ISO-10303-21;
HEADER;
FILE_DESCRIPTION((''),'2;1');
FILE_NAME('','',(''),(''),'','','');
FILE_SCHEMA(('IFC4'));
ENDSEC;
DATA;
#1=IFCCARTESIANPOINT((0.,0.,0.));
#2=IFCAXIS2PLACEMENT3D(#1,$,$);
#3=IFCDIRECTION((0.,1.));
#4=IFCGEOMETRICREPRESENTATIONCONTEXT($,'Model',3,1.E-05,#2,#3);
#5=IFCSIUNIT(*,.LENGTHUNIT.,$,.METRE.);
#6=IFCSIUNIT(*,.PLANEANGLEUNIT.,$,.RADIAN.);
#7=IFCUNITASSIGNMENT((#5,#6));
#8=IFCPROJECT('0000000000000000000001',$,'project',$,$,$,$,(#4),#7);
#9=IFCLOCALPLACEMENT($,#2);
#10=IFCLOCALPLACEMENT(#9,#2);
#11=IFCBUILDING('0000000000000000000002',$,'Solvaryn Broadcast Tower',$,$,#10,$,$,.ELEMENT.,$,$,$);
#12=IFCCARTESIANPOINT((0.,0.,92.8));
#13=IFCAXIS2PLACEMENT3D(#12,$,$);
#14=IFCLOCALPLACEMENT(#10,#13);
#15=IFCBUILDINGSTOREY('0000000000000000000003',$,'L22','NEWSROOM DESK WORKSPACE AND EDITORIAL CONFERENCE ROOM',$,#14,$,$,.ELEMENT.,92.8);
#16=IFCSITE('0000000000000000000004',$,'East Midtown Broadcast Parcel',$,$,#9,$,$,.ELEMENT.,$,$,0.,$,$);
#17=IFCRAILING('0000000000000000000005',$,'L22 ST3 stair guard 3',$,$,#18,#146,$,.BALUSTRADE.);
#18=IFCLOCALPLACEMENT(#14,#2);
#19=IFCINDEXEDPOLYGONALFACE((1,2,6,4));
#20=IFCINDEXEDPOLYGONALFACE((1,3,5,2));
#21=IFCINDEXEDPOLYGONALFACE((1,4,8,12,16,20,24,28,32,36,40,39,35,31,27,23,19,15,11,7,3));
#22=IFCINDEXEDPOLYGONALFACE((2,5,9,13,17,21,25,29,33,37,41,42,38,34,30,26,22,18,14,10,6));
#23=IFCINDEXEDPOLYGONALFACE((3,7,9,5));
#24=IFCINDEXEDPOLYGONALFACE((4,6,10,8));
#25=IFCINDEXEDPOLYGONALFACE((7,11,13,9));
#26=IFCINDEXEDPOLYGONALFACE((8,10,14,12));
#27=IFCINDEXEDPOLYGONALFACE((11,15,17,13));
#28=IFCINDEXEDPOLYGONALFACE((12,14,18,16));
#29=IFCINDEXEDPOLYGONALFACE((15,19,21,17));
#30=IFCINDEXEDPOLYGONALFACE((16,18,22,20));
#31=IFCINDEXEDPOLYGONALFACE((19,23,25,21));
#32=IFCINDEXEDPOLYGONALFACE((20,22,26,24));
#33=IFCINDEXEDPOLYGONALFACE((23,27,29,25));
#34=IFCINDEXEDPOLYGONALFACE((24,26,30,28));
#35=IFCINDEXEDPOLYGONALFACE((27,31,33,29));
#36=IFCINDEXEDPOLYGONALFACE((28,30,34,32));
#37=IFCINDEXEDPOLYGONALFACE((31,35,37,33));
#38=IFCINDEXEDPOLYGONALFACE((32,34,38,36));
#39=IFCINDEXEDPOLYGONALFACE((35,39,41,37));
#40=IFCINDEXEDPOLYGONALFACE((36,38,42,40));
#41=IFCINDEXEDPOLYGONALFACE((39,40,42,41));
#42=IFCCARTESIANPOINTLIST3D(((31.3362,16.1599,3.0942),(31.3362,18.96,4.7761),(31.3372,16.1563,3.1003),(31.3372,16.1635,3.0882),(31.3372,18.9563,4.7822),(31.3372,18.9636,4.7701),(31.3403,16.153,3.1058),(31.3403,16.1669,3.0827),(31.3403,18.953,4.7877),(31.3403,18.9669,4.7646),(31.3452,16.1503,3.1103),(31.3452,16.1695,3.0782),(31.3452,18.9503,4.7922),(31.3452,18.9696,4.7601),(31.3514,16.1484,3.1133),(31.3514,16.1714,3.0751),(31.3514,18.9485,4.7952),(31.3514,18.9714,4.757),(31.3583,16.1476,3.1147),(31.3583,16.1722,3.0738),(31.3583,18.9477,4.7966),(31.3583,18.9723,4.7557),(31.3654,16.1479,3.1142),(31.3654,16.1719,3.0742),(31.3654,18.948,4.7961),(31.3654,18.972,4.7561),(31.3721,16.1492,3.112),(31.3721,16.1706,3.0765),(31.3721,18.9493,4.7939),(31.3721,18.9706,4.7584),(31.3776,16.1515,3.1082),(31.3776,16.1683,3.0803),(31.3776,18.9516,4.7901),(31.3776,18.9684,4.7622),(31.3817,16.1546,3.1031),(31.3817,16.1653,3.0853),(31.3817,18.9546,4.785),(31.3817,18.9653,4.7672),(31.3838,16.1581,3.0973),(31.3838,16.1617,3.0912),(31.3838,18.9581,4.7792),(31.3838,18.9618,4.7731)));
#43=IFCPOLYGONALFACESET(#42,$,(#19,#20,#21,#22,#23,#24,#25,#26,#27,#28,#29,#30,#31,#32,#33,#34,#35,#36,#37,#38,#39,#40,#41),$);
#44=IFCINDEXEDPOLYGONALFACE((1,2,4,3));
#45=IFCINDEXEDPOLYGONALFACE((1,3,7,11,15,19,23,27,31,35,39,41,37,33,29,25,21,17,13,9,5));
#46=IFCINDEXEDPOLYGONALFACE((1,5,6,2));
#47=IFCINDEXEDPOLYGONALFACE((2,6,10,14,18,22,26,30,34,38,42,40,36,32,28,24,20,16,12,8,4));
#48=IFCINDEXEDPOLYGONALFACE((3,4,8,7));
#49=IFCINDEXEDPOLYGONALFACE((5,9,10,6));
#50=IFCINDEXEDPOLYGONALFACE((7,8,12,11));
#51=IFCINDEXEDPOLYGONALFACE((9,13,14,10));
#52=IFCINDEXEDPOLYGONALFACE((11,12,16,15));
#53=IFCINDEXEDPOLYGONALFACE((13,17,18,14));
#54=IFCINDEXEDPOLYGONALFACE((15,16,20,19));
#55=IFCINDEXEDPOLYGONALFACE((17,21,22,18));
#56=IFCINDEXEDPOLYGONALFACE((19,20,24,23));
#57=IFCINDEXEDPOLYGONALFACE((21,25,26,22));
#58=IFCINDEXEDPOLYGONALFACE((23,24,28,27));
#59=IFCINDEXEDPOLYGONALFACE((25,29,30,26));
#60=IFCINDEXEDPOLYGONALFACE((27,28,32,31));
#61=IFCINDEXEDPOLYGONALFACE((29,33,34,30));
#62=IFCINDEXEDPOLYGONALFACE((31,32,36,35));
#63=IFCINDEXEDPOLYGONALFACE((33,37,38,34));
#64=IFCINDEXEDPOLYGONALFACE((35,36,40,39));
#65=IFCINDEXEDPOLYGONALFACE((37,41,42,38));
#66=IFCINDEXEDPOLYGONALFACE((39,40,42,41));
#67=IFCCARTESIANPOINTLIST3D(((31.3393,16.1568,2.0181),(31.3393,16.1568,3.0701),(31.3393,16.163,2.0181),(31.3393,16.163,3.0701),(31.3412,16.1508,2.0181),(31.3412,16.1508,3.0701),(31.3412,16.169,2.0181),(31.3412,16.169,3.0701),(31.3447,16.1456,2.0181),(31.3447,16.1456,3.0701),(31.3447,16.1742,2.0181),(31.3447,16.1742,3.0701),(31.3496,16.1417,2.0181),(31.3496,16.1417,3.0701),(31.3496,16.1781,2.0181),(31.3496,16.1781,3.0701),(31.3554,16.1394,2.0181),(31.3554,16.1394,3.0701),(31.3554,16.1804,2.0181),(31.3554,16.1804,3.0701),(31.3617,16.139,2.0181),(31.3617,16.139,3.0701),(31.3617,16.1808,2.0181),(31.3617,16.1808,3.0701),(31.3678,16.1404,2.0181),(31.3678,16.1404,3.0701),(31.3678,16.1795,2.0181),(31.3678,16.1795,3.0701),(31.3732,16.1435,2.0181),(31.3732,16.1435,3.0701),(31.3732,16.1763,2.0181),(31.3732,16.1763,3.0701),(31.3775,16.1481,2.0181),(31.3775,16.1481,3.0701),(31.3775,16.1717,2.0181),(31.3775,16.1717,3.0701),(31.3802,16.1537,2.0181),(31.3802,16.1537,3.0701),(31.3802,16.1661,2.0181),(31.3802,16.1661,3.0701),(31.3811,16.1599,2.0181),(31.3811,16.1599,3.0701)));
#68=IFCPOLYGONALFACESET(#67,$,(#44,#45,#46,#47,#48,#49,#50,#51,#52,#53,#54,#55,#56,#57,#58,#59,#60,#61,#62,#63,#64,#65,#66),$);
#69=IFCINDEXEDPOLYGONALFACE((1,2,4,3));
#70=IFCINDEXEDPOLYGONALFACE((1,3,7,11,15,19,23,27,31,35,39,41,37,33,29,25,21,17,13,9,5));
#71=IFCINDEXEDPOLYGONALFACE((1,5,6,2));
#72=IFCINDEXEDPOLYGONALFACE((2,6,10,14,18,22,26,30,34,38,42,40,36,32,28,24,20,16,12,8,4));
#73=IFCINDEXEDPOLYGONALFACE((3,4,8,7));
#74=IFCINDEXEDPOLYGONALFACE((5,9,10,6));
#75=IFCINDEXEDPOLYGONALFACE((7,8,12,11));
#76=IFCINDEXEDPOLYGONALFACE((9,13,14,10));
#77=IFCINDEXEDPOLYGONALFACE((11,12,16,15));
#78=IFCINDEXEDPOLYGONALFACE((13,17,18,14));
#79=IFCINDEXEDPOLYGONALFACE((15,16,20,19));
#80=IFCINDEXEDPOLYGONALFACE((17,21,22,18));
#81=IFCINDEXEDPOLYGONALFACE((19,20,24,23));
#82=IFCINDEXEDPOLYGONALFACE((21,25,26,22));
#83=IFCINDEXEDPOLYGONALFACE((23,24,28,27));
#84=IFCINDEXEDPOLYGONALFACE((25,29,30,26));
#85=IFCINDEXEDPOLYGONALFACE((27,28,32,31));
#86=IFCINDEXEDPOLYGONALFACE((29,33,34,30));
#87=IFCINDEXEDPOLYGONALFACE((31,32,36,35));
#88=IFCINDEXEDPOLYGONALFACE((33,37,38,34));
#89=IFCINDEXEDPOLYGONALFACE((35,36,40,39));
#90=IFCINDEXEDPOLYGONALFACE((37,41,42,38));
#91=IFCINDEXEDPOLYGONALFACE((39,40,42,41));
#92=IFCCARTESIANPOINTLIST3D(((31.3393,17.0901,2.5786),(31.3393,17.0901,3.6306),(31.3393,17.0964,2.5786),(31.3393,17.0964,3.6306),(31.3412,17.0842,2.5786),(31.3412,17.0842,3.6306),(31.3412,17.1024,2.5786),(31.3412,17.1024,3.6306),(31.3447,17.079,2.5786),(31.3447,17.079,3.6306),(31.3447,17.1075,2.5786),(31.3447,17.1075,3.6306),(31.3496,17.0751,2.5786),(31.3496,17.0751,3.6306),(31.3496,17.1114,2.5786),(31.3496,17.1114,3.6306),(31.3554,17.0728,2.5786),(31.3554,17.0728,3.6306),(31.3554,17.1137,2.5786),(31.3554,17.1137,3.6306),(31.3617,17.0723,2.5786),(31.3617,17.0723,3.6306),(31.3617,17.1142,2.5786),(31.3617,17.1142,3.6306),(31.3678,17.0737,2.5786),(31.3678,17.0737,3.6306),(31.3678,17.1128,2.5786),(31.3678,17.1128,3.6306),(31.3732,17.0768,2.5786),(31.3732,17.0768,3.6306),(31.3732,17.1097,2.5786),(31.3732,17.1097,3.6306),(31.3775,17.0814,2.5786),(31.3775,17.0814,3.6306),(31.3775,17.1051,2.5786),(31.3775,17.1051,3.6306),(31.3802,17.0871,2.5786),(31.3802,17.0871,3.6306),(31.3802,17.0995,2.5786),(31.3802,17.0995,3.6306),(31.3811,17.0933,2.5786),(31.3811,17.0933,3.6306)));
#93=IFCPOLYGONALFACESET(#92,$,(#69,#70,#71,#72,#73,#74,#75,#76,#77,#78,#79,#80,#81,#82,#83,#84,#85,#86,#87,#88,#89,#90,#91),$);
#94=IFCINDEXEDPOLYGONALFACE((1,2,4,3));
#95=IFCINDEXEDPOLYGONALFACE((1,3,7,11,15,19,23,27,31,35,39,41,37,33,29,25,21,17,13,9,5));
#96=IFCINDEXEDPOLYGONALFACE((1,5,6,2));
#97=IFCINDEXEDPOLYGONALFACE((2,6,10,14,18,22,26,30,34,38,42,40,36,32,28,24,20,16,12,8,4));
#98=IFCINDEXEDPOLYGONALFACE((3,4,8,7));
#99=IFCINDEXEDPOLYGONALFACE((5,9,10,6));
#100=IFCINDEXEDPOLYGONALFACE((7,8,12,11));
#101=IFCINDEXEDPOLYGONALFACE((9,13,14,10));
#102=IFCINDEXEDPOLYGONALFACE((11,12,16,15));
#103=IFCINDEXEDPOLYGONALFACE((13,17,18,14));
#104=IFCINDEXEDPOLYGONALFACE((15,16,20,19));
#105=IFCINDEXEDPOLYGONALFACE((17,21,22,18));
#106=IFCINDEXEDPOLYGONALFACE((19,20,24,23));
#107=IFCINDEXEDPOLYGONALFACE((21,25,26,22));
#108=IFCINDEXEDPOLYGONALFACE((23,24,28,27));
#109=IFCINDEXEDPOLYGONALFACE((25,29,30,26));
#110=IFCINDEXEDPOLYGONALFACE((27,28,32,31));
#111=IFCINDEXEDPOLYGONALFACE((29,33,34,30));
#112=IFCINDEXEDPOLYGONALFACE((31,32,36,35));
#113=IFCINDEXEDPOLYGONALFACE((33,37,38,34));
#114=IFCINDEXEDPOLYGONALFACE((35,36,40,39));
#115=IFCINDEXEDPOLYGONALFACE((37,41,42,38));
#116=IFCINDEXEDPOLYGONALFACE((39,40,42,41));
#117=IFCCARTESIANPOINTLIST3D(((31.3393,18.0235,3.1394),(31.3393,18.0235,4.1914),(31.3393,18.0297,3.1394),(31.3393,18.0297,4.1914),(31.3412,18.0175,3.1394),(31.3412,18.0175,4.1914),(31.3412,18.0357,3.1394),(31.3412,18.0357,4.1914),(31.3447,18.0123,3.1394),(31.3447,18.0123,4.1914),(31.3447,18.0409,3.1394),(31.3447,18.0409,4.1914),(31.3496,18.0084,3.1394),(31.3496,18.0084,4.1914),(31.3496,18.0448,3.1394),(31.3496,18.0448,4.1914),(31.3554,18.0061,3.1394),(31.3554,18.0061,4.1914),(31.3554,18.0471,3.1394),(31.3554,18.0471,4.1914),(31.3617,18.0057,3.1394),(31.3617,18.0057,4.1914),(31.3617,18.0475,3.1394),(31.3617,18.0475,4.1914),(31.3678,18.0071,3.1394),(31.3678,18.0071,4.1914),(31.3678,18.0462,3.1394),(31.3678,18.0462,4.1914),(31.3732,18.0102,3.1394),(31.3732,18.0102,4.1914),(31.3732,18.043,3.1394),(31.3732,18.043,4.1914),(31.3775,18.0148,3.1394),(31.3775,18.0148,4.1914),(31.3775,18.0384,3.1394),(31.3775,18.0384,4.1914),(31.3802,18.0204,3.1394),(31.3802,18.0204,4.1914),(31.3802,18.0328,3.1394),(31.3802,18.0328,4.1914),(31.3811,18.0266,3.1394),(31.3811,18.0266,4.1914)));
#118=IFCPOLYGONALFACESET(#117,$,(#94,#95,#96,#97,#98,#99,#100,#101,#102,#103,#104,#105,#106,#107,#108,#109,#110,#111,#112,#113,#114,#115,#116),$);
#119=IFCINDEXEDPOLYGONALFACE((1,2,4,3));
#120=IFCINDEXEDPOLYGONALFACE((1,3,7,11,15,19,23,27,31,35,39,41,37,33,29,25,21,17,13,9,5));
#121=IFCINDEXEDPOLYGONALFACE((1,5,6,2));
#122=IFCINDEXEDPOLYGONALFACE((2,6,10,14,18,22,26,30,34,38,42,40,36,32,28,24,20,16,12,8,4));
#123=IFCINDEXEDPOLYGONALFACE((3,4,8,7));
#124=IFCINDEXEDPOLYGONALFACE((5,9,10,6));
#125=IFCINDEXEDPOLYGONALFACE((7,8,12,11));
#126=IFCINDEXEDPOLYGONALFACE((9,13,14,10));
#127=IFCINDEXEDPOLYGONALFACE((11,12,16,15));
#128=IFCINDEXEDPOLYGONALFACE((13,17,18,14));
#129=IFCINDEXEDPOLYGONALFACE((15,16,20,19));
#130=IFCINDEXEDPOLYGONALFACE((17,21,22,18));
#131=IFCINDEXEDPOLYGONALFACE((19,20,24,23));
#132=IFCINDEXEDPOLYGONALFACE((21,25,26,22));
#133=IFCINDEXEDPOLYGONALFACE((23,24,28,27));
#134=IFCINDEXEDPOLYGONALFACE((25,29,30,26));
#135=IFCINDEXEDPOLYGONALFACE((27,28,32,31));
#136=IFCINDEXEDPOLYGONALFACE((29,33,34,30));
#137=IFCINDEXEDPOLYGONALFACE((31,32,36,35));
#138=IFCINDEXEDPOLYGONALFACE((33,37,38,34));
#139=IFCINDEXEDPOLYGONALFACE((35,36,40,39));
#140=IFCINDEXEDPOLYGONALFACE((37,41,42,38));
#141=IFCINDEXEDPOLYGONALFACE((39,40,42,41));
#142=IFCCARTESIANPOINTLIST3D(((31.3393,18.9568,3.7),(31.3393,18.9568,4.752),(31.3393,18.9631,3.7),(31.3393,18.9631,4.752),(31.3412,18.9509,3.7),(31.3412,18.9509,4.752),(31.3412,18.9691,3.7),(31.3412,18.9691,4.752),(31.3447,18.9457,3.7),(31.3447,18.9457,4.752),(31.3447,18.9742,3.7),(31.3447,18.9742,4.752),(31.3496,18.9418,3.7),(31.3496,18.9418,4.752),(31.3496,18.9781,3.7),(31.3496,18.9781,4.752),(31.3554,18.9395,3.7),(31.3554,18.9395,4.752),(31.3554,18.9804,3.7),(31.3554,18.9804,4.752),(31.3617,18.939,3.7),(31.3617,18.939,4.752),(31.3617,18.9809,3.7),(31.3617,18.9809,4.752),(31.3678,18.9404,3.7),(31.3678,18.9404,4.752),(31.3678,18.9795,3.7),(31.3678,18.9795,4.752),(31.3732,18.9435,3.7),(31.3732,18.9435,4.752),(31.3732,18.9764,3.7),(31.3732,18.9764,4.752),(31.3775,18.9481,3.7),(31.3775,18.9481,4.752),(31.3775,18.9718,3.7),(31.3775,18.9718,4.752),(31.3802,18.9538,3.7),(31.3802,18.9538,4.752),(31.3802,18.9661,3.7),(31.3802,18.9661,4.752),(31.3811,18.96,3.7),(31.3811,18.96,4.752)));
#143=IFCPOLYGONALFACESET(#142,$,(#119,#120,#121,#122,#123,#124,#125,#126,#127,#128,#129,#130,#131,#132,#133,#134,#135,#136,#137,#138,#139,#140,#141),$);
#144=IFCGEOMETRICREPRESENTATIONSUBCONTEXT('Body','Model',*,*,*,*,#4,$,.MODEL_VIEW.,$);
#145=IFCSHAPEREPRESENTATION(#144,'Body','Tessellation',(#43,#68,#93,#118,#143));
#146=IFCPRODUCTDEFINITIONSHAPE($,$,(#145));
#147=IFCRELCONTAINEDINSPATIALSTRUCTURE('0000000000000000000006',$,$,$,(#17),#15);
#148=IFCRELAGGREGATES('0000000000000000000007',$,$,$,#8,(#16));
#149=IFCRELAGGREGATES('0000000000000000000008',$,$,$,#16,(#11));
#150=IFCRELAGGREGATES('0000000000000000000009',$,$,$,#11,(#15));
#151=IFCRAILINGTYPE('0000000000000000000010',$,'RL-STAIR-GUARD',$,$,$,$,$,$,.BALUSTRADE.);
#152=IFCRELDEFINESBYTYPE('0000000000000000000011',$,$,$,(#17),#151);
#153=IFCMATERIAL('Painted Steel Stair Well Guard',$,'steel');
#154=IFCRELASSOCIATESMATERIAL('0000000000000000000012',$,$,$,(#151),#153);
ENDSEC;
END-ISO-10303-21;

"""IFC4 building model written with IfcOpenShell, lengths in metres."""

from ifc_helpers import new_model, si_unit, direction, frame, origin, origin_2d, place, context, subcontext, project, spatial, circle, extrude, material, type_object, element, save


model = new_model("IFC4")

# Units and contexts
model_context = context("Model", 3, precision=1e-05, world=origin(), true_north=direction((0.0, 1.0)))
body_context = subcontext(model_context, "Body", "Model", "MODEL_VIEW")
ifc_project = project(units=[si_unit("LENGTHUNIT", "METRE"), si_unit("PLANEANGLEUNIT", "RADIAN")], contexts=[model_context])

# Site, building, storey
site_placement = place(None, origin())
site = spatial("IfcSite", under=ifc_project, at=site_placement, Name="East Midtown Broadcast Parcel", CompositionType="ELEMENT", RefElevation=0.0)
building_placement = place(site_placement, origin())
building = spatial("IfcBuilding", under=site, at=building_placement, Name="Solvaryn Broadcast Tower", CompositionType="ELEMENT")
storey_placement = place(building_placement, frame((0.0, 0.0, 92.8)))
storey = spatial("IfcBuildingStorey", under=building, at=storey_placement, Name="L22", Description="NEWSROOM DESK WORKSPACE AND EDITORIAL CONFERENCE ROOM", CompositionType="ELEMENT", Elevation=92.8)

# Railing
ifc_material_1 = material(Name="Painted Steel Stair Well Guard", Category="steel")
railing_type_1 = type_object("IfcRailingType", Name="RL-STAIR-GUARD", PredefinedType="BALUSTRADE", material=ifc_material_1)
railing_1_placement = place(storey_placement, frame((31.3601, 16.1599, 2.0181)))
element("IfcRailing", 1, at=railing_1_placement, inside=storey, type_object=railing_type_1, Name="L22 ST3 stair guard 3", PredefinedType="BALUSTRADE", context=body_context, shape_type="SweptSolid", body=[
    extrude(circle(Radius=0.0239, at=origin_2d()), frame((0.0, 0.0, 1.0762), z_axis=(0.0, 0.857242, 0.514913), x_axis=(-1.0, 0.0, 0.0)), (0.0, 0.0, 1.0), 3.2664),
    extrude(circle(Radius=0.021, at=origin_2d()), origin(), (0.0, 0.0, 1.0), 1.052),
    extrude(circle(Radius=0.021, at=origin_2d()), frame((0.0, 0.9333, 0.5605)), (0.0, 0.0, 1.0), 1.052),
    extrude(circle(Radius=0.021, at=origin_2d()), frame((0.0, 1.8667, 1.1213)), (0.0, 0.0, 1.0), 1.052),
    extrude(circle(Radius=0.021, at=origin_2d()), frame((0.0, 2.8, 1.6819)), (0.0, 0.0, 1.0), 1.052),
])

save(model, "model.ifc")
